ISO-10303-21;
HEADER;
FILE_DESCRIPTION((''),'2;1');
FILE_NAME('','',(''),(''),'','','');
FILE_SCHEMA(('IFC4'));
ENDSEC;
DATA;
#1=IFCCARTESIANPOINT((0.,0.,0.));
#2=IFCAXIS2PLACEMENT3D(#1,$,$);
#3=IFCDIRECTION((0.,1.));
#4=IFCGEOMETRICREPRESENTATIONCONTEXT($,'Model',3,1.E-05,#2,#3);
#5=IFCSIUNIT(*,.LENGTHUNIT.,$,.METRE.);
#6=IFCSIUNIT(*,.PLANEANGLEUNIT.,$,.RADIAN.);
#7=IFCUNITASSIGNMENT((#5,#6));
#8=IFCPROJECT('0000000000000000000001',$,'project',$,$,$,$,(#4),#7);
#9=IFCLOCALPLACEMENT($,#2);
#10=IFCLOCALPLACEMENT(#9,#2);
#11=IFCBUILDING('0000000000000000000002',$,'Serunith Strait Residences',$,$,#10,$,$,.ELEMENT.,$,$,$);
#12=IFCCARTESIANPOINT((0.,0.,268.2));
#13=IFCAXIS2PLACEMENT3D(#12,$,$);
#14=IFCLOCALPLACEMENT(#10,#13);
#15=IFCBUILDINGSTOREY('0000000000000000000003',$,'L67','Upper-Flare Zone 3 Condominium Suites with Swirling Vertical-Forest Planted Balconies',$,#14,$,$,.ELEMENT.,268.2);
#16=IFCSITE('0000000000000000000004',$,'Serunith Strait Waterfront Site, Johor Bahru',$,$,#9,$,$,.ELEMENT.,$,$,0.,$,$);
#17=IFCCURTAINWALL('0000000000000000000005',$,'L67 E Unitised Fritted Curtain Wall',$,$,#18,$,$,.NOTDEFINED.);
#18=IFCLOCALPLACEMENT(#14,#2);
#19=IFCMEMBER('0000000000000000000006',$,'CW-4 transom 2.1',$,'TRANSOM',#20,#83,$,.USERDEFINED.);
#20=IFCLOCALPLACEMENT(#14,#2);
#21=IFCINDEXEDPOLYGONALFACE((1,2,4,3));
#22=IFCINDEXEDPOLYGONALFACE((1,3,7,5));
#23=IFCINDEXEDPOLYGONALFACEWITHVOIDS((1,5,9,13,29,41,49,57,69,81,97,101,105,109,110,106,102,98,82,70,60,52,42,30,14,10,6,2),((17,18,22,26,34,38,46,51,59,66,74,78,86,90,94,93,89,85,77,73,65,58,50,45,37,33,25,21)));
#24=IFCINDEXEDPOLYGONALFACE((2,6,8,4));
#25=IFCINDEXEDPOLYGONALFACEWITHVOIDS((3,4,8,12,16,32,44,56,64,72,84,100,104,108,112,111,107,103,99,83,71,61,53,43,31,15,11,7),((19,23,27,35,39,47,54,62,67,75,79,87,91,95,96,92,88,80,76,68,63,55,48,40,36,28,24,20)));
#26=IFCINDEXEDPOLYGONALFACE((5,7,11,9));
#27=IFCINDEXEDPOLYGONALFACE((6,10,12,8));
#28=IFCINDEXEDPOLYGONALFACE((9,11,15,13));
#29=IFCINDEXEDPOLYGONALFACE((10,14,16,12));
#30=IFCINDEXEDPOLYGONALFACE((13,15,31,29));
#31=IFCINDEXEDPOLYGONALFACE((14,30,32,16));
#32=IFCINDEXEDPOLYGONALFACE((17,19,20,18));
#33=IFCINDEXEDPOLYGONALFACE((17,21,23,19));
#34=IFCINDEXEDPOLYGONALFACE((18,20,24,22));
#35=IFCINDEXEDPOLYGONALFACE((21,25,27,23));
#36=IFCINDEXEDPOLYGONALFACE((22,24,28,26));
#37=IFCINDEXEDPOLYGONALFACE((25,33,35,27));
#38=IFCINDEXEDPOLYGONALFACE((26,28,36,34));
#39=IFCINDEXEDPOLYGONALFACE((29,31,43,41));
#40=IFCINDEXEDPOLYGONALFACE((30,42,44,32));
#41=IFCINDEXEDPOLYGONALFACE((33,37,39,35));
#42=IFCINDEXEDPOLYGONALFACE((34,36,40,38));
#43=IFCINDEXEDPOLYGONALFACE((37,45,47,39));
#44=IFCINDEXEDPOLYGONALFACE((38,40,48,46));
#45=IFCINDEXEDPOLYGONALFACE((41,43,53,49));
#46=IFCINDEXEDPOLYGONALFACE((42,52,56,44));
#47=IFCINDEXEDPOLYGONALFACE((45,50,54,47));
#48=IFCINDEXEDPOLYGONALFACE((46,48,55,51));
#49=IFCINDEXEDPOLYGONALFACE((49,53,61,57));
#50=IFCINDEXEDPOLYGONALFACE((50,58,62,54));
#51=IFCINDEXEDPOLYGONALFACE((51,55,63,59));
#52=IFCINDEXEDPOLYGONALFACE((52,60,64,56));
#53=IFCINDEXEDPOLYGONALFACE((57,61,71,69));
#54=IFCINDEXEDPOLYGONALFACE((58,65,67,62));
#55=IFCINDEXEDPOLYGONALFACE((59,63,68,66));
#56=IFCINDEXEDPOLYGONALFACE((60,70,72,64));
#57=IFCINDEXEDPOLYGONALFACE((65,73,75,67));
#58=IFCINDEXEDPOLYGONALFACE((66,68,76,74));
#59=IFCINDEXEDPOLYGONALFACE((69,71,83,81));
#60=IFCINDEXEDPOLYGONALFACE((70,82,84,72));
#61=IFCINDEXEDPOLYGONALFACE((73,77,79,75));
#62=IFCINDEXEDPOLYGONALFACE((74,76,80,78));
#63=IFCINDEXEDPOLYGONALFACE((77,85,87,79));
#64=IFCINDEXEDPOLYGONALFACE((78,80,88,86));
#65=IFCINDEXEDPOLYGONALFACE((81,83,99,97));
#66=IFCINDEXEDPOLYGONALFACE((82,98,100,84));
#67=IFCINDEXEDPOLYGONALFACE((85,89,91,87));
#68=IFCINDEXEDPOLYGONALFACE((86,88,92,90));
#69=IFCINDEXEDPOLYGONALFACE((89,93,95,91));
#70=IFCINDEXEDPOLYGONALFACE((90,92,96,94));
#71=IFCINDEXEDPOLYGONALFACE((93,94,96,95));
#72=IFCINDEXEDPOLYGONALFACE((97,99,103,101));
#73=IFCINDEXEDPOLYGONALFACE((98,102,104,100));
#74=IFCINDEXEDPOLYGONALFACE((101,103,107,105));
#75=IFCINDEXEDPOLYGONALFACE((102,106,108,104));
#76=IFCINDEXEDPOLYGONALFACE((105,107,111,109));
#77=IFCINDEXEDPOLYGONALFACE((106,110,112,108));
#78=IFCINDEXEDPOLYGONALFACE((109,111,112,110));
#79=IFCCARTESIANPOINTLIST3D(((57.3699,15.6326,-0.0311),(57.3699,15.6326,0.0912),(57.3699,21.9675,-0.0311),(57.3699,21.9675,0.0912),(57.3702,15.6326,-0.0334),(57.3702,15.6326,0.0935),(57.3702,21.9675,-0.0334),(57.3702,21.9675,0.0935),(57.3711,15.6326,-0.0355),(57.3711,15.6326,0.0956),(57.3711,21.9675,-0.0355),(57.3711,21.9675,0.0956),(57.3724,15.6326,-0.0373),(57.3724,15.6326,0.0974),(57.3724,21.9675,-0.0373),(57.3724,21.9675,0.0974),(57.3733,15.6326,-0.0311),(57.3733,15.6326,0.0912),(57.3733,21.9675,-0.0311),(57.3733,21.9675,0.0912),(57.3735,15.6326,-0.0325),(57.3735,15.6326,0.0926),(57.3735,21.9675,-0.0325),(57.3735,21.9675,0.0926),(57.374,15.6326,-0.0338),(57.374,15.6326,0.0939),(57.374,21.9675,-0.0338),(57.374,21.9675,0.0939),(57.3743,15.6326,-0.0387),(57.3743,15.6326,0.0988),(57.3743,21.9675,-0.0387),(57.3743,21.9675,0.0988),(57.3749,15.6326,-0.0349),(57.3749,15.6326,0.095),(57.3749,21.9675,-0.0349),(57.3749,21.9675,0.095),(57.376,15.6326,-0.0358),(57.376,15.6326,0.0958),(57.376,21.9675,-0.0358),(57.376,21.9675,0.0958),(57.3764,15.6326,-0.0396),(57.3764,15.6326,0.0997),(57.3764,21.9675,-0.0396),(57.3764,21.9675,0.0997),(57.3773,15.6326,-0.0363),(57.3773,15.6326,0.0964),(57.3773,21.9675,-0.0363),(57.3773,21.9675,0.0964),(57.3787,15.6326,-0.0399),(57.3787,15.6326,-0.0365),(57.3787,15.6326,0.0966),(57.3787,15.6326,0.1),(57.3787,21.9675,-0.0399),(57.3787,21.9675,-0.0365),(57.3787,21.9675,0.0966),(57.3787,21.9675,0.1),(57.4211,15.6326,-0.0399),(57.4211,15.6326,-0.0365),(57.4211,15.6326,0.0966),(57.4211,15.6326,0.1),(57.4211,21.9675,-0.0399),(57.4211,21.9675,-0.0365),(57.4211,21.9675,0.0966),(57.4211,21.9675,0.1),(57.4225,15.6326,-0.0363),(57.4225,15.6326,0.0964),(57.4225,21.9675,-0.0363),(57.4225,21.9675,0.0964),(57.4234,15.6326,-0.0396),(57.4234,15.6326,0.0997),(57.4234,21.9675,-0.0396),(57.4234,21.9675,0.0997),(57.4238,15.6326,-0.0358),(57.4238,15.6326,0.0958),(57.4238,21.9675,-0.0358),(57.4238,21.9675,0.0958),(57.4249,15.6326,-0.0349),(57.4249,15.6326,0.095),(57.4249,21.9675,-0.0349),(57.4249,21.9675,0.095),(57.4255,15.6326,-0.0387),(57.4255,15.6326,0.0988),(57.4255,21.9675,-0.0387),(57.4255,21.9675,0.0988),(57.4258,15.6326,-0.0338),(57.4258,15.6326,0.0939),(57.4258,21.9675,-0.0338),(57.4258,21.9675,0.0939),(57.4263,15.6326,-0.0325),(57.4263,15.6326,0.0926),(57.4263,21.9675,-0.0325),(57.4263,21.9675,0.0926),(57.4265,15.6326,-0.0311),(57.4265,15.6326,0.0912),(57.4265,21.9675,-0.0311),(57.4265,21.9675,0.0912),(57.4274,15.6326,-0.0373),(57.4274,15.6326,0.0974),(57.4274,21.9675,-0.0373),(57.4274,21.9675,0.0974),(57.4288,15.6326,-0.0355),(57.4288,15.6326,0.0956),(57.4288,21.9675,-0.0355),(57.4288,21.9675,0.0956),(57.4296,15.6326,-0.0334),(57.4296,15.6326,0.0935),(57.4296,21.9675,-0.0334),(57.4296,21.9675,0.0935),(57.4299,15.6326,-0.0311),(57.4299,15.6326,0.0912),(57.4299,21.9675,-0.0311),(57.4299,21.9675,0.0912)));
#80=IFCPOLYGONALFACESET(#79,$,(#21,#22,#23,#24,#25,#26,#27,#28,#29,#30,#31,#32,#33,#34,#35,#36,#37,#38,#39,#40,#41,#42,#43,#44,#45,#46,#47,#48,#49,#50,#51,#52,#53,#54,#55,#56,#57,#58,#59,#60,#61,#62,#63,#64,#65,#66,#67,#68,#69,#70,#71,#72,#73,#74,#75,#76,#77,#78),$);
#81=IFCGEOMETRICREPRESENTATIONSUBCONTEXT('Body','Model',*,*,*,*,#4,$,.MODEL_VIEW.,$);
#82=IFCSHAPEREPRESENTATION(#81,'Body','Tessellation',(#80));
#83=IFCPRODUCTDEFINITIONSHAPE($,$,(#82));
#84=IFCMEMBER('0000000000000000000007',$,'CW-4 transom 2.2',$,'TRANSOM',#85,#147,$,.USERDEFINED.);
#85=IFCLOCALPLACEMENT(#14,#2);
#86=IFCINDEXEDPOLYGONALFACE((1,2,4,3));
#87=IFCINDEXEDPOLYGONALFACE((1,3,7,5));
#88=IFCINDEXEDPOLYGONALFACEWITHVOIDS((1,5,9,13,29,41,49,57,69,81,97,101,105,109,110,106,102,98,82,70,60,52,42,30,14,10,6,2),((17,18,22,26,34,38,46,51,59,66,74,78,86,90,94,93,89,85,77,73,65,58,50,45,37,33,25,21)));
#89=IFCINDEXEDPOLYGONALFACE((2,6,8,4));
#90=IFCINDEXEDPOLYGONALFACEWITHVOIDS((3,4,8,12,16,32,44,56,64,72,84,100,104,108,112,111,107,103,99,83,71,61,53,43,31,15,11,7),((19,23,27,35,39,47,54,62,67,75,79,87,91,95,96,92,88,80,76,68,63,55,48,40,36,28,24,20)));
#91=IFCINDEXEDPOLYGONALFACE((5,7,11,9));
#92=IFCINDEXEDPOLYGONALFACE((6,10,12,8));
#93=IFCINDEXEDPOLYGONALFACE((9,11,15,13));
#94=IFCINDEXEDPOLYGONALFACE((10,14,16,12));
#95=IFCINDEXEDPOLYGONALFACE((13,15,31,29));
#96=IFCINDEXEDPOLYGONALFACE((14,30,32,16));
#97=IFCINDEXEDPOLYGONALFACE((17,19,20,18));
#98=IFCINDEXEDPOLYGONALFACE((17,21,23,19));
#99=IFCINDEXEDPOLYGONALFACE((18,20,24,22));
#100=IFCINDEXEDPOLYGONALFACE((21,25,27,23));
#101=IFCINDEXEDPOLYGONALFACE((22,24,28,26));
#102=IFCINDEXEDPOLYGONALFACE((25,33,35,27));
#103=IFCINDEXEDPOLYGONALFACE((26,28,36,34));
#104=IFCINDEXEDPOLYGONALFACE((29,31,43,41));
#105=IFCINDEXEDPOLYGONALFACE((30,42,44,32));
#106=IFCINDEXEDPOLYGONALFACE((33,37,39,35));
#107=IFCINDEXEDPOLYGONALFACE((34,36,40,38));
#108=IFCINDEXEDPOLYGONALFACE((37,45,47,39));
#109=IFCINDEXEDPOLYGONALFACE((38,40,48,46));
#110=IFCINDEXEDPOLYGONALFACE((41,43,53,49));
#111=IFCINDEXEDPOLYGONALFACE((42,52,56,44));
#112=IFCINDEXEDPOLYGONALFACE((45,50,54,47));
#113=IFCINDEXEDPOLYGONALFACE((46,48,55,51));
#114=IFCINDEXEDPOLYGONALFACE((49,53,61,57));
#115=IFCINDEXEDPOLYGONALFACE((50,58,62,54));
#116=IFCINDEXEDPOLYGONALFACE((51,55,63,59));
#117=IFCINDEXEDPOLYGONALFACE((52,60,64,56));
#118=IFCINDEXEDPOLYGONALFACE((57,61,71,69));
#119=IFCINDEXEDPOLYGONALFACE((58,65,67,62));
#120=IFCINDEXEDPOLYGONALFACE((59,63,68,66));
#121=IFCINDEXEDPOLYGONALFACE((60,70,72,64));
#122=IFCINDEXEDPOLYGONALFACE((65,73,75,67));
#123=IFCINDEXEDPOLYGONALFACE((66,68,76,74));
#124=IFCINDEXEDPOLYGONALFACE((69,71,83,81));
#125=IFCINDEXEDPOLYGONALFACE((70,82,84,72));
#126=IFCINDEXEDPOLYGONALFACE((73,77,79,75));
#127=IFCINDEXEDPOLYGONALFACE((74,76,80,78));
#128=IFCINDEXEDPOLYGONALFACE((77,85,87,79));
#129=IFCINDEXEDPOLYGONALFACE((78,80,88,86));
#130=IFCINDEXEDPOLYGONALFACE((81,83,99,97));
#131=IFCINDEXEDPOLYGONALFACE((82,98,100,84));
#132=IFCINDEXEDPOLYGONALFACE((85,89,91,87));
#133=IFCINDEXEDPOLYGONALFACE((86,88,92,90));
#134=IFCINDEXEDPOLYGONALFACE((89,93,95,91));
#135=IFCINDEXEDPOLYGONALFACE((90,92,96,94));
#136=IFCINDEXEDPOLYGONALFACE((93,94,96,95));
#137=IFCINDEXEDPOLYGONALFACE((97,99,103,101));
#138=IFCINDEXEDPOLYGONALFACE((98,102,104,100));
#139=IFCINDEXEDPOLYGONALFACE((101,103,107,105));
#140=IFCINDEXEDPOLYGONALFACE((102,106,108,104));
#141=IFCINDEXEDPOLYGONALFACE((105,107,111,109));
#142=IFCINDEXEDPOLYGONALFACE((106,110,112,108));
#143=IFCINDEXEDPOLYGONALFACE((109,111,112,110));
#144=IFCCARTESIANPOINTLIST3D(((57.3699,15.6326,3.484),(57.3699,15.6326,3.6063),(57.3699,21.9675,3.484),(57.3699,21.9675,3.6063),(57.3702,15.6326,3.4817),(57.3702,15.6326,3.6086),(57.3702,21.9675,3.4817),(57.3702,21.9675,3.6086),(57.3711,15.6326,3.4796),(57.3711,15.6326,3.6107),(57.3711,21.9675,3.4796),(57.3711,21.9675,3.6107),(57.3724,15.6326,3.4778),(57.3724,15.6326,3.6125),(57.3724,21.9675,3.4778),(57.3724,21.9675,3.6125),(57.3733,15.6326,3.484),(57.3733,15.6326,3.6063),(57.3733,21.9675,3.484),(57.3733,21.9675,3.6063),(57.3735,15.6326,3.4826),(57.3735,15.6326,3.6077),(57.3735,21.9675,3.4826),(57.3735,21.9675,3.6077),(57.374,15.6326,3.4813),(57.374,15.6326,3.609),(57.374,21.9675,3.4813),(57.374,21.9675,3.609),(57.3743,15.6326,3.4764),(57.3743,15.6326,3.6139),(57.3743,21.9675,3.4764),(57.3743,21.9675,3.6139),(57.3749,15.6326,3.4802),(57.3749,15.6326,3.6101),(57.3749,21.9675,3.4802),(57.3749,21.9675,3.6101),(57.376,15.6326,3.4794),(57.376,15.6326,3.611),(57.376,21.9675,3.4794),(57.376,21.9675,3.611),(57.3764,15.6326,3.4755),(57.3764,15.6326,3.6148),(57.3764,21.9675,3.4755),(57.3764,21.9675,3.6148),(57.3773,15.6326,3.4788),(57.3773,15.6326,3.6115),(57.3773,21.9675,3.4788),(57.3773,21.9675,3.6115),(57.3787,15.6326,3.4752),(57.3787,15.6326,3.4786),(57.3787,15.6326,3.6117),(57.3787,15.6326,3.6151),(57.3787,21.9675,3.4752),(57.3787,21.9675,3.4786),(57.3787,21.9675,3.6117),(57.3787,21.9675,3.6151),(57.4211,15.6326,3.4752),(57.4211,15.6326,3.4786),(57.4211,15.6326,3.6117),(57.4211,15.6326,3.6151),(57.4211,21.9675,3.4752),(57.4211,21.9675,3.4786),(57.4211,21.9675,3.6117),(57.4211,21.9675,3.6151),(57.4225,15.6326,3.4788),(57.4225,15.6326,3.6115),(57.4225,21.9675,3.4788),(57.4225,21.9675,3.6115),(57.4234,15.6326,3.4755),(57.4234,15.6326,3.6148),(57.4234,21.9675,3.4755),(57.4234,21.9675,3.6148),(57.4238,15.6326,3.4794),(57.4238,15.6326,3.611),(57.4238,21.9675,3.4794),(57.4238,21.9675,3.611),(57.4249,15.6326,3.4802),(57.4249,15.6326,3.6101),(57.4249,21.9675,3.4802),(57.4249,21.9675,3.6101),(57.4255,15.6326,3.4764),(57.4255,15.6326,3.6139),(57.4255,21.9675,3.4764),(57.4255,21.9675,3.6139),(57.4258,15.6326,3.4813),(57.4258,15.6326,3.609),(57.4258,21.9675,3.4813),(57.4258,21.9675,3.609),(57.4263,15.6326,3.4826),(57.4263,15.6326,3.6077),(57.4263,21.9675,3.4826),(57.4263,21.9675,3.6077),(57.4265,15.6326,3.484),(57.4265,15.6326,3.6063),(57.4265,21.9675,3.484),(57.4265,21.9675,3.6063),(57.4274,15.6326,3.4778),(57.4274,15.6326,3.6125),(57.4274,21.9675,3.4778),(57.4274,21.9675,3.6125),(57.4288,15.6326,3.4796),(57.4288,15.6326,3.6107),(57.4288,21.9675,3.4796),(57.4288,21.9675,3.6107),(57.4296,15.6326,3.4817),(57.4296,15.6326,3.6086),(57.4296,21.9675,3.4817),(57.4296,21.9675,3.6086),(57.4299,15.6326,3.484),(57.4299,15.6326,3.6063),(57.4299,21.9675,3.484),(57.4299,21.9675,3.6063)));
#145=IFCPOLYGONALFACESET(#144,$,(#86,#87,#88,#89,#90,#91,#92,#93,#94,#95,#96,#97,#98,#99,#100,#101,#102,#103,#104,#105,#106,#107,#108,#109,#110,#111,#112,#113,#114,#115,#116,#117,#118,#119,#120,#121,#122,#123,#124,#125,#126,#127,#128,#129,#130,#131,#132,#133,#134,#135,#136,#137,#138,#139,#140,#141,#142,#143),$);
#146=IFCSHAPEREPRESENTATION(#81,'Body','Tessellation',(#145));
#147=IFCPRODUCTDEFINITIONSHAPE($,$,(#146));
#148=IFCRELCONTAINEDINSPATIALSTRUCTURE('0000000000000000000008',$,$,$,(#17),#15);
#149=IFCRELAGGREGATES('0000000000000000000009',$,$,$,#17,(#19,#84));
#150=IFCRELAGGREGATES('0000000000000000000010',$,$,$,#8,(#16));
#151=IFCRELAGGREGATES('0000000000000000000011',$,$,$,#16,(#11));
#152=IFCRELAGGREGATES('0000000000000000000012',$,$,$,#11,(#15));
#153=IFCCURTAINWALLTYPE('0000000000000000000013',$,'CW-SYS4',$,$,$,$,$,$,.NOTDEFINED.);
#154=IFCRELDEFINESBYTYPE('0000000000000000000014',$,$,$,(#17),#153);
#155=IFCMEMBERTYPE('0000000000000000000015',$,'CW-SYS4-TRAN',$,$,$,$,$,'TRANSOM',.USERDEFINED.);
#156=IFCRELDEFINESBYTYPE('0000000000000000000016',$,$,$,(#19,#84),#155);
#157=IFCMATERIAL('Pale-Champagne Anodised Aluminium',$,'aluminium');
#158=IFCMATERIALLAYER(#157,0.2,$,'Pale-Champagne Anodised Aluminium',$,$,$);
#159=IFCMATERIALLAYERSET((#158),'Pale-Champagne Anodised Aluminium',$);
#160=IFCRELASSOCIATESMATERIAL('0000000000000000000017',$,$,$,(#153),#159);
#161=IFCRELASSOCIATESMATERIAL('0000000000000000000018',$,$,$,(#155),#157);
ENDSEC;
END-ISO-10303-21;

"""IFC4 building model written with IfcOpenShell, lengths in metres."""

from ifc_helpers import new_model, si_unit, direction, frame, origin, origin_2d, place, context, subcontext, project, spatial, hollow_rectangle, extrude, source, transform, mapped, material, layer, layer_set, material_profile, profile_set, type_object, element, aggregate, save


model = new_model("IFC4")

# Units and contexts
model_context = context("Model", 3, precision=1e-05, world=origin(), true_north=direction((0.0, 1.0)))
body_context = subcontext(model_context, "Body", "Model", "MODEL_VIEW")
ifc_project = project(units=[si_unit("LENGTHUNIT", "METRE"), si_unit("PLANEANGLEUNIT", "RADIAN")], contexts=[model_context])

# Site, building, storey
site_placement = place(None, origin())
site = spatial("IfcSite", under=ifc_project, at=site_placement, Name="Serunith Strait Waterfront Site, Johor Bahru", CompositionType="ELEMENT", RefElevation=0.0)
building_placement = place(site_placement, origin())
building = spatial("IfcBuilding", under=site, at=building_placement, Name="Serunith Strait Residences", CompositionType="ELEMENT")
storey_placement = place(building_placement, frame((0.0, 0.0, 268.2)))
storey = spatial("IfcBuildingStorey", under=building, at=storey_placement, Name="L67", Description="Upper-Flare Zone 3 Condominium Suites with Swirling Vertical-Forest Planted Balconies", CompositionType="ELEMENT", Elevation=268.2)

# Curtain wall, members
ifc_material_1 = material(Name="Pale-Champagne Anodised Aluminium", Category="aluminium")
ifc_layer_1 = layer(ifc_material_1, 0.2, Name="Pale-Champagne Anodised Aluminium")
ifc_layer_set_1 = layer_set([ifc_layer_1], Name="Pale-Champagne Anodised Aluminium")
curtain_wall_type = type_object("IfcCurtainWallType", Name="CW-SYS4", PredefinedType="NOTDEFINED", material=ifc_layer_set_1)
curtain_wall_placement = place(storey_placement, origin())
curtain_wall = element("IfcCurtainWall", 1, at=curtain_wall_placement, inside=storey, type_object=curtain_wall_type, Name="L67 E Unitised Fritted Curtain Wall", PredefinedType="NOTDEFINED")
ifc_material_profile_1 = material_profile(ifc_material_1, hollow_rectangle(XDim=0.0601, YDim=0.1399, WallThickness=0.0034, InnerFilletRadius=0.0054, OuterFilletRadius=0.0088, at=origin_2d()), Name="ALU 140x60x3.5")
ifc_profile_set_1 = profile_set([ifc_material_profile_1], Name="Pale-Champagne Anodised Aluminium")
member_type_1 = type_object("IfcMemberType", Name="CW-SYS4-TRAN", ElementType="TRANSOM", PredefinedType="USERDEFINED", material=ifc_profile_set_1)
shared_shape_1 = source(origin(), body_context, "Body", "SweptSolid", [
    extrude(hollow_rectangle(XDim=0.0601, YDim=0.1399, WallThickness=0.0034, InnerFilletRadius=0.0054, OuterFilletRadius=0.0088, at=origin_2d()), origin(), (0.0, 0.0, 1.0), 6.335),
])
member_1_placement = place(storey_placement, frame((57.3999, 15.6326, 0.03), z_axis=(0.0, 1.0, 0.0), x_axis=(-1.0, 0.0, 0.0)))
member_1 = element("IfcMember", 2, at=member_1_placement, type_object=member_type_1, Name="CW-4 transom 2.1", ObjectType="TRANSOM", PredefinedType="USERDEFINED", context=body_context, shape_type="MappedRepresentation", body=[
    mapped(shared_shape_1, transform((0.0, 0.0, 0.0), scale=1.0)),
])
member_2_placement = place(storey_placement, frame((57.3999, 15.6326, 3.5452), z_axis=(0.0, 1.0, 0.0), x_axis=(-1.0, 0.0, 0.0)))
member_2 = element("IfcMember", 3, at=member_2_placement, type_object=member_type_1, Name="CW-4 transom 2.2", ObjectType="TRANSOM", PredefinedType="USERDEFINED", context=body_context, shape_type="MappedRepresentation", body=[
    mapped(shared_shape_1, transform((0.0, 0.0, 0.0), scale=1.0)),
])
aggregate(curtain_wall, [member_1, member_2])

save(model, "model.ifc")
